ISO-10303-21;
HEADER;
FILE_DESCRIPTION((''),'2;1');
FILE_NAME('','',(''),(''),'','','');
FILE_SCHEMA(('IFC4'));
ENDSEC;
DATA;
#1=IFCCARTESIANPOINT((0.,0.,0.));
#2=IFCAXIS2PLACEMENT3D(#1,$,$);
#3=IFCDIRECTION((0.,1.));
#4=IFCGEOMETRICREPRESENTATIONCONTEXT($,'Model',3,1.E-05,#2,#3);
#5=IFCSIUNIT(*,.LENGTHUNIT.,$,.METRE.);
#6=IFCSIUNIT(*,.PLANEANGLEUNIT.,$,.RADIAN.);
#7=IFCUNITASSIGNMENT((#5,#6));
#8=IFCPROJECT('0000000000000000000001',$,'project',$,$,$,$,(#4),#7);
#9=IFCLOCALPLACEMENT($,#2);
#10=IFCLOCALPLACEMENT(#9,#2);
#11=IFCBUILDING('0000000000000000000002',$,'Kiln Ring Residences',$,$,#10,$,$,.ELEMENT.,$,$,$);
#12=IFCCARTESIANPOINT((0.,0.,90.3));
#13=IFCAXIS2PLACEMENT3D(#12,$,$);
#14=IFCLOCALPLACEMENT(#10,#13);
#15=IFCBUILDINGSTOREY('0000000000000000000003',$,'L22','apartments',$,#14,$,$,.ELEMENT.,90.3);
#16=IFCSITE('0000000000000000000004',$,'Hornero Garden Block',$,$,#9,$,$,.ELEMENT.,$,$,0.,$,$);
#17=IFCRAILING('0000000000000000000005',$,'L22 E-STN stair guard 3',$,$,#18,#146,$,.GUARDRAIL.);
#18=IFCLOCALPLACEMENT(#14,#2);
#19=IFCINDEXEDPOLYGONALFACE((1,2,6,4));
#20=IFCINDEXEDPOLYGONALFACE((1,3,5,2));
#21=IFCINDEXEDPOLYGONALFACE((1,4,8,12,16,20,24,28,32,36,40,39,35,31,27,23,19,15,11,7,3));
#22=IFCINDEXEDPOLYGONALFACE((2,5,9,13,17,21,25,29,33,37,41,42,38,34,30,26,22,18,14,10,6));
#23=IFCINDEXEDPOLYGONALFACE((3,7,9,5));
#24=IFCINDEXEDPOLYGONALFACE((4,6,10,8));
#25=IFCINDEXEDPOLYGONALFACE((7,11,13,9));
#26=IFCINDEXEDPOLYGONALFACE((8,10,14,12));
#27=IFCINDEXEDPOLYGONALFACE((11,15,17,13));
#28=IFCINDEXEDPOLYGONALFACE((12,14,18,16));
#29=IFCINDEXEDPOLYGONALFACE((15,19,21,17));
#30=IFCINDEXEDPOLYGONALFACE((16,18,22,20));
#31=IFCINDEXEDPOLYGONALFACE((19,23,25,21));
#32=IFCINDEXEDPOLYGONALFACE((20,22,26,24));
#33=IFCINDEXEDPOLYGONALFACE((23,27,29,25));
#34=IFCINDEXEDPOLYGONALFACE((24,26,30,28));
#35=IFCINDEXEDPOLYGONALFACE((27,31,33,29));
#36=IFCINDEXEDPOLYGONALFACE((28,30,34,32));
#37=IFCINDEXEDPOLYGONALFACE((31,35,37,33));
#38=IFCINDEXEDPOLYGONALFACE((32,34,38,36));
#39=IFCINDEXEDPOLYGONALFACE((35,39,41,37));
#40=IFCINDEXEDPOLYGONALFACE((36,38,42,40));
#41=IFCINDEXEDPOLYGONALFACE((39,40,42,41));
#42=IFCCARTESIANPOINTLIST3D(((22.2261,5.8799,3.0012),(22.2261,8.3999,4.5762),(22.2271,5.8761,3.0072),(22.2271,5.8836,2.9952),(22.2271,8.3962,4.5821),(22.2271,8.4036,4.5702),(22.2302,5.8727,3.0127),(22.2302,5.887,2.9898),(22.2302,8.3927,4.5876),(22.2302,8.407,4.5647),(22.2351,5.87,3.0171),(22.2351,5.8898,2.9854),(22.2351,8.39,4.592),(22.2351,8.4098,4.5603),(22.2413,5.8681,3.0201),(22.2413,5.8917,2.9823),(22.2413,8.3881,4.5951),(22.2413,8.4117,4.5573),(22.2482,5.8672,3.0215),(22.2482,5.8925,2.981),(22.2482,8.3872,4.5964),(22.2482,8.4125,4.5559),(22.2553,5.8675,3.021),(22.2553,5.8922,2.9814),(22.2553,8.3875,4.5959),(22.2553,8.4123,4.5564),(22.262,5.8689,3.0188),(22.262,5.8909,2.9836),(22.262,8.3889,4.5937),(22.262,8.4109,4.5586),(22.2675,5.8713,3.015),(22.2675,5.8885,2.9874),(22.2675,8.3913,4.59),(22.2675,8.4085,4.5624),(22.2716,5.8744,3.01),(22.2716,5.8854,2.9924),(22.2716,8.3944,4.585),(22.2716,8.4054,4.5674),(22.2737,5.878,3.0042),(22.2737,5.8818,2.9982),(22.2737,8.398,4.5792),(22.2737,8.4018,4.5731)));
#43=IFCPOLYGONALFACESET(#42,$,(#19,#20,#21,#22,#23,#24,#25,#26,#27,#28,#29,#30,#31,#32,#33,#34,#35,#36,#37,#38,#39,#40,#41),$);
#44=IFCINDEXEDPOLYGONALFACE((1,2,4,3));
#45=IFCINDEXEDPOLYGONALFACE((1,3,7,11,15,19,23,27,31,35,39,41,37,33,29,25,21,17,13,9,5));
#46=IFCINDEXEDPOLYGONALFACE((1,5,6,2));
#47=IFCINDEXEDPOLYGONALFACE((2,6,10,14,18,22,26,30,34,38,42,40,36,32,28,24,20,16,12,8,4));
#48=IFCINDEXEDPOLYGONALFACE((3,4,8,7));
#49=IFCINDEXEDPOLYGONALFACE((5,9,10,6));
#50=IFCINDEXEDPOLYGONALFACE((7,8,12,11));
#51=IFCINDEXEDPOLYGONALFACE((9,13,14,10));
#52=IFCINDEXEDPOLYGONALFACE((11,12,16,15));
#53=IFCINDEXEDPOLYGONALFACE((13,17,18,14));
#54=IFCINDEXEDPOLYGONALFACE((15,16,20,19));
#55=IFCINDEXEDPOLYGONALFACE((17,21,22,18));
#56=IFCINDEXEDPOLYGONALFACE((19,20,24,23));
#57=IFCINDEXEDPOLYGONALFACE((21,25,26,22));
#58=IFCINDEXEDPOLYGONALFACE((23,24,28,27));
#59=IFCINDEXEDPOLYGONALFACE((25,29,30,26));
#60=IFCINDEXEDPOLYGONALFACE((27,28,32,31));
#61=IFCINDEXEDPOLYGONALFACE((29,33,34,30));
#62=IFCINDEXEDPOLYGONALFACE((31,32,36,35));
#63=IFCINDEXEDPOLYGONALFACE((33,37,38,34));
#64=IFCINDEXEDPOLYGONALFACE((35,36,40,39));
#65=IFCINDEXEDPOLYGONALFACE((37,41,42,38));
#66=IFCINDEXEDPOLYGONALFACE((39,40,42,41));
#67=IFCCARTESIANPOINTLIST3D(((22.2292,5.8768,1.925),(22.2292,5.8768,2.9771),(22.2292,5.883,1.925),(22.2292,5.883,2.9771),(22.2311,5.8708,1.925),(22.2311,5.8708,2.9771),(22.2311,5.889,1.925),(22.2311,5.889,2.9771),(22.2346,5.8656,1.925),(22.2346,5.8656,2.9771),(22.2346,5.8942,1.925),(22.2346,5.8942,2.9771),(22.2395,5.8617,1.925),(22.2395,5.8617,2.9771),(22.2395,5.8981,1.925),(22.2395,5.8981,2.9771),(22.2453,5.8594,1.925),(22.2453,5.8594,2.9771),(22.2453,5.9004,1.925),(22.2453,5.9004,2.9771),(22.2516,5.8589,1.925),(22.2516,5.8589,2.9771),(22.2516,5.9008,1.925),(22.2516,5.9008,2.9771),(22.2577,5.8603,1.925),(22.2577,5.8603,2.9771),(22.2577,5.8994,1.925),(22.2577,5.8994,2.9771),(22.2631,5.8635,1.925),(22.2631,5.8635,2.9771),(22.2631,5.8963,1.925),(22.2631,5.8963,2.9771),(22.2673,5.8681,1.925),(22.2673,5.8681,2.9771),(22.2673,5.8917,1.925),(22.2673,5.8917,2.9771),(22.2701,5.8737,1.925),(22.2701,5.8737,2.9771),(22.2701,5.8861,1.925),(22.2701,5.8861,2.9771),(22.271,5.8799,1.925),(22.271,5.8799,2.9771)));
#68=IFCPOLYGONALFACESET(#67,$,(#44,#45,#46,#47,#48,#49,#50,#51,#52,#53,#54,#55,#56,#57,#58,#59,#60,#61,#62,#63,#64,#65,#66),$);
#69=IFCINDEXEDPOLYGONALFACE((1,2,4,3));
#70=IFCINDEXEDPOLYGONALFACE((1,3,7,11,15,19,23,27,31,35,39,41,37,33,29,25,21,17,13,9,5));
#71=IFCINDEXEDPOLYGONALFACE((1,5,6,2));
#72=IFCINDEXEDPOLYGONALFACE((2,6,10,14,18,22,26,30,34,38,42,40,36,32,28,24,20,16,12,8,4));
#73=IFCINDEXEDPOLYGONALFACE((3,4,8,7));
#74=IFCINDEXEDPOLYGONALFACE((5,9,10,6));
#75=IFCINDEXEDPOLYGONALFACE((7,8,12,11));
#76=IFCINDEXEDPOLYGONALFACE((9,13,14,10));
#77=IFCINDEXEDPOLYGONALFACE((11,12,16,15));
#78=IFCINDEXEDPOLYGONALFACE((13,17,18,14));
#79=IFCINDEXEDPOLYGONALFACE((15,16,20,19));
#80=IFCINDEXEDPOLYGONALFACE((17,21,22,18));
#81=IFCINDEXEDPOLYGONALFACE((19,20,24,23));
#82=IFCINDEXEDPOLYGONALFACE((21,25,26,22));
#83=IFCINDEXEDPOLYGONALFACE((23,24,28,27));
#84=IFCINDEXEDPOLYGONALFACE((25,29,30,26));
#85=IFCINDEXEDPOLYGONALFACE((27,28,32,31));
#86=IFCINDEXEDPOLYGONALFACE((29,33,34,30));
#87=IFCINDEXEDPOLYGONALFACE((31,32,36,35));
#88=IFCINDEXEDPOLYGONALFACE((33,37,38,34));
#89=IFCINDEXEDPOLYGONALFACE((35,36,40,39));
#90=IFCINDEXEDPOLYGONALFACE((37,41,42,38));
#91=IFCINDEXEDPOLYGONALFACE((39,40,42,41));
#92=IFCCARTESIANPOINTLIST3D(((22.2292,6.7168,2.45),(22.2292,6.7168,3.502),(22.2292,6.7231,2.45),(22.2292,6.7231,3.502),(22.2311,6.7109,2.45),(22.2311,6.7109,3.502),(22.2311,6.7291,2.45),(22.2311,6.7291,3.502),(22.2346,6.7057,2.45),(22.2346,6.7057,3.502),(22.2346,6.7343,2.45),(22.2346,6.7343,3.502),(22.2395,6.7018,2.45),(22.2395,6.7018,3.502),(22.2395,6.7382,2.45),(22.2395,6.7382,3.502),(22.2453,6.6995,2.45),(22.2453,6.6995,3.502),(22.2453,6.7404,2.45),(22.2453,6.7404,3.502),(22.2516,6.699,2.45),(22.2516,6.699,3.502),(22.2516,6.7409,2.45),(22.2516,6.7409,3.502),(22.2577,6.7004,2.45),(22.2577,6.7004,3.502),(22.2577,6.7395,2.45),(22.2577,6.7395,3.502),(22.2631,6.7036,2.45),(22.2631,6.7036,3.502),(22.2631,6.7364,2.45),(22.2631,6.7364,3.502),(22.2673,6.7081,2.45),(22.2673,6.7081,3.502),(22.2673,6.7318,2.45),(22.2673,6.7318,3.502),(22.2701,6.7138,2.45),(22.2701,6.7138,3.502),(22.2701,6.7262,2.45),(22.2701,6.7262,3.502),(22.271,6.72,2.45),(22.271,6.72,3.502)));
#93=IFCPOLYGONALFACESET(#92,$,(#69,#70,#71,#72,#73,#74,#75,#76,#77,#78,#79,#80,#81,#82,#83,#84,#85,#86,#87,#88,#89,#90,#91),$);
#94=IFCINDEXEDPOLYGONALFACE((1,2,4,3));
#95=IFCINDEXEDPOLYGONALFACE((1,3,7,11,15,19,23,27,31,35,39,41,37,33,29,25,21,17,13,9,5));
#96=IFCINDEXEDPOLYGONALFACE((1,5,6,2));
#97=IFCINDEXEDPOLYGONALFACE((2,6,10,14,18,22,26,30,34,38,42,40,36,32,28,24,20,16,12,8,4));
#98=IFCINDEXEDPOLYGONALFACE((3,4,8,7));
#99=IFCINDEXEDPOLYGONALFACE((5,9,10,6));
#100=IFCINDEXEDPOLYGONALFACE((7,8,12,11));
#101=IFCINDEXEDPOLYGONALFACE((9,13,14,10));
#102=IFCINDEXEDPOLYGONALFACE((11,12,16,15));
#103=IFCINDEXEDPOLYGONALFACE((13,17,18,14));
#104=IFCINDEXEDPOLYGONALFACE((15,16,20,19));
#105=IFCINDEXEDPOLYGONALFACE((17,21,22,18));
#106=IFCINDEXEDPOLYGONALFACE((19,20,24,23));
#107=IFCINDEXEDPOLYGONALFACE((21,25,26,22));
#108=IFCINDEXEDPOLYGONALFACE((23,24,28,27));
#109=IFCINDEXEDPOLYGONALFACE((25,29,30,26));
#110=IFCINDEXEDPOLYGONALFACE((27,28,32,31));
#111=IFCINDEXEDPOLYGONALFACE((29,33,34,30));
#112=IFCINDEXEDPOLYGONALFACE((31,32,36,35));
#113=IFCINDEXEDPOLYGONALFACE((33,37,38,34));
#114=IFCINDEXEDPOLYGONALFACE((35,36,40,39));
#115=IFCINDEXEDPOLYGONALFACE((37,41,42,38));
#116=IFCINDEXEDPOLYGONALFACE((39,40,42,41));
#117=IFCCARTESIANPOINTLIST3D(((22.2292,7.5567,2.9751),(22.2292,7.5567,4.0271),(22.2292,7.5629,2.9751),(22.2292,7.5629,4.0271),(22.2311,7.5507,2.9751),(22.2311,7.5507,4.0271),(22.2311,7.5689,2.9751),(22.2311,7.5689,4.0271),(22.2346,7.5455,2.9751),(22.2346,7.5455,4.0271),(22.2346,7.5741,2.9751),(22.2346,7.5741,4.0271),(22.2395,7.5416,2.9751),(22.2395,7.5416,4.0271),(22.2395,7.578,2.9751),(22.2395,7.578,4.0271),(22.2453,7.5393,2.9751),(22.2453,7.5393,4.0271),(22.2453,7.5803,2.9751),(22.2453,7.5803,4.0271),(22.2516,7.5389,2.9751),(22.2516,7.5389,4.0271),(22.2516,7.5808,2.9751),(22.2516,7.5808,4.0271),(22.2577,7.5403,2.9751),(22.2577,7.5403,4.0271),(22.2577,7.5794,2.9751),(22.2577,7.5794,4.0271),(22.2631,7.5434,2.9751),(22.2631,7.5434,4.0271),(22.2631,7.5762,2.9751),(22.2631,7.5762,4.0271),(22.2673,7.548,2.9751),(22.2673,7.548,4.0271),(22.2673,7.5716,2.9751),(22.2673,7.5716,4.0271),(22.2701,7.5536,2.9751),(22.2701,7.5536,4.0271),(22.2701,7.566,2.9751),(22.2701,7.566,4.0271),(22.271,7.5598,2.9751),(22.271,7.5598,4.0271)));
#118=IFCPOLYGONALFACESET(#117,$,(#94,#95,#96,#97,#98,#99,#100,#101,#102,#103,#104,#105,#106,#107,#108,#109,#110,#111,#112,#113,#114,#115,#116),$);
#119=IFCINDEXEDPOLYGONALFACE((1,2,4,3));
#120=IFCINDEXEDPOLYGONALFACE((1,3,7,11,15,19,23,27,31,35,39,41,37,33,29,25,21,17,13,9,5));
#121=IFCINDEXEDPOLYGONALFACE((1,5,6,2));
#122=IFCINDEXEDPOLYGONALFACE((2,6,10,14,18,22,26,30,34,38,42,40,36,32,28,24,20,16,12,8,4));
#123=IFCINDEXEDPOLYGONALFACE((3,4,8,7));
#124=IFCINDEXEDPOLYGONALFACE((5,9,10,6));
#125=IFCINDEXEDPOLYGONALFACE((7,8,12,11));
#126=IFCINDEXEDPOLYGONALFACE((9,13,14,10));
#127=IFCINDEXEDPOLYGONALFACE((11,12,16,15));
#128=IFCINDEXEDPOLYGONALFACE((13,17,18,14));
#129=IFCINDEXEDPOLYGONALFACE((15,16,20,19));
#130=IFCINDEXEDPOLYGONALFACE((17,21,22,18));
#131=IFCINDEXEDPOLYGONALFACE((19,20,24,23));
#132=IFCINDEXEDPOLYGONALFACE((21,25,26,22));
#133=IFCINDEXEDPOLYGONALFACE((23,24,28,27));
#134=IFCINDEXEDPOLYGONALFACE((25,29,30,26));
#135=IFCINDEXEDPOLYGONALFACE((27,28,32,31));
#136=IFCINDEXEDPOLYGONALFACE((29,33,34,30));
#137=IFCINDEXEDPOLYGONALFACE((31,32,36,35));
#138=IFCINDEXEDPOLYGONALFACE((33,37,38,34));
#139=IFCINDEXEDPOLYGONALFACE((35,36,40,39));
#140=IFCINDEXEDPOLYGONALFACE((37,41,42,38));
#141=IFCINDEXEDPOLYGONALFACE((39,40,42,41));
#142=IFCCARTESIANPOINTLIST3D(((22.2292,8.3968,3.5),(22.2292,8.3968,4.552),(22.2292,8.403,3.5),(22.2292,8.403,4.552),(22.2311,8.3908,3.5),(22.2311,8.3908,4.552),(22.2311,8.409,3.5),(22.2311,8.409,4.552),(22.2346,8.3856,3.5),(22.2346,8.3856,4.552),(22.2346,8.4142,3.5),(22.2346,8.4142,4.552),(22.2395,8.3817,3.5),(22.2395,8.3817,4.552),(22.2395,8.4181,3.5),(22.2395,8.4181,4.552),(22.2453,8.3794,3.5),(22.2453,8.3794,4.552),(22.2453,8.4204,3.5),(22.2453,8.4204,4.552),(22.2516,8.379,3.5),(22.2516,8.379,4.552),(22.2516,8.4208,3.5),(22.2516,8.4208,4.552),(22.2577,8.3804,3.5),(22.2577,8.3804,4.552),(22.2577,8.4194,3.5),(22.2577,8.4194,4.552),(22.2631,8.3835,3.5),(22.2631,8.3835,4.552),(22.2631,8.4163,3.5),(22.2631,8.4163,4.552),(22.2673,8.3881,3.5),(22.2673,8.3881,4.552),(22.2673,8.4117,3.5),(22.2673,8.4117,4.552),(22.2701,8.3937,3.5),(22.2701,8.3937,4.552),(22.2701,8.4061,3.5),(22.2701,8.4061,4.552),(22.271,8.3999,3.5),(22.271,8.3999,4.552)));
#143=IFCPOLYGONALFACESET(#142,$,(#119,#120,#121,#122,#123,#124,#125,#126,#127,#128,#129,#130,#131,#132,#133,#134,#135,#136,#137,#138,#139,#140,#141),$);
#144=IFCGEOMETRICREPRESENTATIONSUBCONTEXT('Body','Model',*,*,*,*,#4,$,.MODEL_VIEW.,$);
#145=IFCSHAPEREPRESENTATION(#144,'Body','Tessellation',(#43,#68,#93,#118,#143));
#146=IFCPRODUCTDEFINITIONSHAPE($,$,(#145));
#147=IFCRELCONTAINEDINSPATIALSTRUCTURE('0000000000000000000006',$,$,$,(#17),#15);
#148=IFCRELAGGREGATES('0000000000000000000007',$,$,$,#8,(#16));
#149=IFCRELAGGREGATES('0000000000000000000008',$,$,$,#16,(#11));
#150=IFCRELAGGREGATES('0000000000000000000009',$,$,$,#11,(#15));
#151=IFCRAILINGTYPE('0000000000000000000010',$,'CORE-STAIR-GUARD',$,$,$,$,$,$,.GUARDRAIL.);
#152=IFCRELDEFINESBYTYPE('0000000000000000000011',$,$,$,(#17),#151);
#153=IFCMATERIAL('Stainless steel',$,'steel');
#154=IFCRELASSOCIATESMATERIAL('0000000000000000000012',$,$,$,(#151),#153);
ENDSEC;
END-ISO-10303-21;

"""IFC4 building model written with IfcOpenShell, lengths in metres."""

from ifc_helpers import new_model, si_unit, direction, frame, origin, origin_2d, place, context, subcontext, project, spatial, circle, extrude, material, type_object, element, save


model = new_model("IFC4")

# Units and contexts
model_context = context("Model", 3, precision=1e-05, world=origin(), true_north=direction((0.0, 1.0)))
body_context = subcontext(model_context, "Body", "Model", "MODEL_VIEW")
ifc_project = project(units=[si_unit("LENGTHUNIT", "METRE"), si_unit("PLANEANGLEUNIT", "RADIAN")], contexts=[model_context])

# Site, building, storey
site_placement = place(None, origin())
site = spatial("IfcSite", under=ifc_project, at=site_placement, Name="Hornero Garden Block", CompositionType="ELEMENT", RefElevation=0.0)
building_placement = place(site_placement, origin())
building = spatial("IfcBuilding", under=site, at=building_placement, Name="Kiln Ring Residences", CompositionType="ELEMENT")
storey_placement = place(building_placement, frame((0.0, 0.0, 90.3)))
storey = spatial("IfcBuildingStorey", under=building, at=storey_placement, Name="L22", Description="apartments", CompositionType="ELEMENT", Elevation=90.3)

# Railing
ifc_material_1 = material(Name="Stainless steel", Category="steel")
railing_type_1 = type_object("IfcRailingType", Name="CORE-STAIR-GUARD", PredefinedType="GUARDRAIL", material=ifc_material_1)
railing_1_placement = place(storey_placement, frame((22.25, 5.8799, 1.925)))
element("IfcRailing", 1, at=railing_1_placement, inside=storey, type_object=railing_type_1, Name="L22 E-STN stair guard 3", PredefinedType="GUARDRAIL", context=body_context, shape_type="SweptSolid", body=[
    extrude(circle(Radius=0.0239, at=origin_2d()), frame((0.0, 0.0, 1.0762), z_axis=(0.0, 0.848008, 0.529984), x_axis=(-1.0, 0.0, 0.0)), (0.0, 0.0, 1.0), 2.9717),
    extrude(circle(Radius=0.021, at=origin_2d()), origin(), (0.0, 0.0, 1.0), 1.052),
    extrude(circle(Radius=0.021, at=origin_2d()), frame((0.0, 0.8401, 0.5249)), (0.0, 0.0, 1.0), 1.052),
    extrude(circle(Radius=0.021, at=origin_2d()), frame((0.0, 1.6799, 1.05)), (0.0, 0.0, 1.0), 1.052),
    extrude(circle(Radius=0.021, at=origin_2d()), frame((0.0, 2.52, 1.575)), (0.0, 0.0, 1.0), 1.052),
])

save(model, "model.ifc")
